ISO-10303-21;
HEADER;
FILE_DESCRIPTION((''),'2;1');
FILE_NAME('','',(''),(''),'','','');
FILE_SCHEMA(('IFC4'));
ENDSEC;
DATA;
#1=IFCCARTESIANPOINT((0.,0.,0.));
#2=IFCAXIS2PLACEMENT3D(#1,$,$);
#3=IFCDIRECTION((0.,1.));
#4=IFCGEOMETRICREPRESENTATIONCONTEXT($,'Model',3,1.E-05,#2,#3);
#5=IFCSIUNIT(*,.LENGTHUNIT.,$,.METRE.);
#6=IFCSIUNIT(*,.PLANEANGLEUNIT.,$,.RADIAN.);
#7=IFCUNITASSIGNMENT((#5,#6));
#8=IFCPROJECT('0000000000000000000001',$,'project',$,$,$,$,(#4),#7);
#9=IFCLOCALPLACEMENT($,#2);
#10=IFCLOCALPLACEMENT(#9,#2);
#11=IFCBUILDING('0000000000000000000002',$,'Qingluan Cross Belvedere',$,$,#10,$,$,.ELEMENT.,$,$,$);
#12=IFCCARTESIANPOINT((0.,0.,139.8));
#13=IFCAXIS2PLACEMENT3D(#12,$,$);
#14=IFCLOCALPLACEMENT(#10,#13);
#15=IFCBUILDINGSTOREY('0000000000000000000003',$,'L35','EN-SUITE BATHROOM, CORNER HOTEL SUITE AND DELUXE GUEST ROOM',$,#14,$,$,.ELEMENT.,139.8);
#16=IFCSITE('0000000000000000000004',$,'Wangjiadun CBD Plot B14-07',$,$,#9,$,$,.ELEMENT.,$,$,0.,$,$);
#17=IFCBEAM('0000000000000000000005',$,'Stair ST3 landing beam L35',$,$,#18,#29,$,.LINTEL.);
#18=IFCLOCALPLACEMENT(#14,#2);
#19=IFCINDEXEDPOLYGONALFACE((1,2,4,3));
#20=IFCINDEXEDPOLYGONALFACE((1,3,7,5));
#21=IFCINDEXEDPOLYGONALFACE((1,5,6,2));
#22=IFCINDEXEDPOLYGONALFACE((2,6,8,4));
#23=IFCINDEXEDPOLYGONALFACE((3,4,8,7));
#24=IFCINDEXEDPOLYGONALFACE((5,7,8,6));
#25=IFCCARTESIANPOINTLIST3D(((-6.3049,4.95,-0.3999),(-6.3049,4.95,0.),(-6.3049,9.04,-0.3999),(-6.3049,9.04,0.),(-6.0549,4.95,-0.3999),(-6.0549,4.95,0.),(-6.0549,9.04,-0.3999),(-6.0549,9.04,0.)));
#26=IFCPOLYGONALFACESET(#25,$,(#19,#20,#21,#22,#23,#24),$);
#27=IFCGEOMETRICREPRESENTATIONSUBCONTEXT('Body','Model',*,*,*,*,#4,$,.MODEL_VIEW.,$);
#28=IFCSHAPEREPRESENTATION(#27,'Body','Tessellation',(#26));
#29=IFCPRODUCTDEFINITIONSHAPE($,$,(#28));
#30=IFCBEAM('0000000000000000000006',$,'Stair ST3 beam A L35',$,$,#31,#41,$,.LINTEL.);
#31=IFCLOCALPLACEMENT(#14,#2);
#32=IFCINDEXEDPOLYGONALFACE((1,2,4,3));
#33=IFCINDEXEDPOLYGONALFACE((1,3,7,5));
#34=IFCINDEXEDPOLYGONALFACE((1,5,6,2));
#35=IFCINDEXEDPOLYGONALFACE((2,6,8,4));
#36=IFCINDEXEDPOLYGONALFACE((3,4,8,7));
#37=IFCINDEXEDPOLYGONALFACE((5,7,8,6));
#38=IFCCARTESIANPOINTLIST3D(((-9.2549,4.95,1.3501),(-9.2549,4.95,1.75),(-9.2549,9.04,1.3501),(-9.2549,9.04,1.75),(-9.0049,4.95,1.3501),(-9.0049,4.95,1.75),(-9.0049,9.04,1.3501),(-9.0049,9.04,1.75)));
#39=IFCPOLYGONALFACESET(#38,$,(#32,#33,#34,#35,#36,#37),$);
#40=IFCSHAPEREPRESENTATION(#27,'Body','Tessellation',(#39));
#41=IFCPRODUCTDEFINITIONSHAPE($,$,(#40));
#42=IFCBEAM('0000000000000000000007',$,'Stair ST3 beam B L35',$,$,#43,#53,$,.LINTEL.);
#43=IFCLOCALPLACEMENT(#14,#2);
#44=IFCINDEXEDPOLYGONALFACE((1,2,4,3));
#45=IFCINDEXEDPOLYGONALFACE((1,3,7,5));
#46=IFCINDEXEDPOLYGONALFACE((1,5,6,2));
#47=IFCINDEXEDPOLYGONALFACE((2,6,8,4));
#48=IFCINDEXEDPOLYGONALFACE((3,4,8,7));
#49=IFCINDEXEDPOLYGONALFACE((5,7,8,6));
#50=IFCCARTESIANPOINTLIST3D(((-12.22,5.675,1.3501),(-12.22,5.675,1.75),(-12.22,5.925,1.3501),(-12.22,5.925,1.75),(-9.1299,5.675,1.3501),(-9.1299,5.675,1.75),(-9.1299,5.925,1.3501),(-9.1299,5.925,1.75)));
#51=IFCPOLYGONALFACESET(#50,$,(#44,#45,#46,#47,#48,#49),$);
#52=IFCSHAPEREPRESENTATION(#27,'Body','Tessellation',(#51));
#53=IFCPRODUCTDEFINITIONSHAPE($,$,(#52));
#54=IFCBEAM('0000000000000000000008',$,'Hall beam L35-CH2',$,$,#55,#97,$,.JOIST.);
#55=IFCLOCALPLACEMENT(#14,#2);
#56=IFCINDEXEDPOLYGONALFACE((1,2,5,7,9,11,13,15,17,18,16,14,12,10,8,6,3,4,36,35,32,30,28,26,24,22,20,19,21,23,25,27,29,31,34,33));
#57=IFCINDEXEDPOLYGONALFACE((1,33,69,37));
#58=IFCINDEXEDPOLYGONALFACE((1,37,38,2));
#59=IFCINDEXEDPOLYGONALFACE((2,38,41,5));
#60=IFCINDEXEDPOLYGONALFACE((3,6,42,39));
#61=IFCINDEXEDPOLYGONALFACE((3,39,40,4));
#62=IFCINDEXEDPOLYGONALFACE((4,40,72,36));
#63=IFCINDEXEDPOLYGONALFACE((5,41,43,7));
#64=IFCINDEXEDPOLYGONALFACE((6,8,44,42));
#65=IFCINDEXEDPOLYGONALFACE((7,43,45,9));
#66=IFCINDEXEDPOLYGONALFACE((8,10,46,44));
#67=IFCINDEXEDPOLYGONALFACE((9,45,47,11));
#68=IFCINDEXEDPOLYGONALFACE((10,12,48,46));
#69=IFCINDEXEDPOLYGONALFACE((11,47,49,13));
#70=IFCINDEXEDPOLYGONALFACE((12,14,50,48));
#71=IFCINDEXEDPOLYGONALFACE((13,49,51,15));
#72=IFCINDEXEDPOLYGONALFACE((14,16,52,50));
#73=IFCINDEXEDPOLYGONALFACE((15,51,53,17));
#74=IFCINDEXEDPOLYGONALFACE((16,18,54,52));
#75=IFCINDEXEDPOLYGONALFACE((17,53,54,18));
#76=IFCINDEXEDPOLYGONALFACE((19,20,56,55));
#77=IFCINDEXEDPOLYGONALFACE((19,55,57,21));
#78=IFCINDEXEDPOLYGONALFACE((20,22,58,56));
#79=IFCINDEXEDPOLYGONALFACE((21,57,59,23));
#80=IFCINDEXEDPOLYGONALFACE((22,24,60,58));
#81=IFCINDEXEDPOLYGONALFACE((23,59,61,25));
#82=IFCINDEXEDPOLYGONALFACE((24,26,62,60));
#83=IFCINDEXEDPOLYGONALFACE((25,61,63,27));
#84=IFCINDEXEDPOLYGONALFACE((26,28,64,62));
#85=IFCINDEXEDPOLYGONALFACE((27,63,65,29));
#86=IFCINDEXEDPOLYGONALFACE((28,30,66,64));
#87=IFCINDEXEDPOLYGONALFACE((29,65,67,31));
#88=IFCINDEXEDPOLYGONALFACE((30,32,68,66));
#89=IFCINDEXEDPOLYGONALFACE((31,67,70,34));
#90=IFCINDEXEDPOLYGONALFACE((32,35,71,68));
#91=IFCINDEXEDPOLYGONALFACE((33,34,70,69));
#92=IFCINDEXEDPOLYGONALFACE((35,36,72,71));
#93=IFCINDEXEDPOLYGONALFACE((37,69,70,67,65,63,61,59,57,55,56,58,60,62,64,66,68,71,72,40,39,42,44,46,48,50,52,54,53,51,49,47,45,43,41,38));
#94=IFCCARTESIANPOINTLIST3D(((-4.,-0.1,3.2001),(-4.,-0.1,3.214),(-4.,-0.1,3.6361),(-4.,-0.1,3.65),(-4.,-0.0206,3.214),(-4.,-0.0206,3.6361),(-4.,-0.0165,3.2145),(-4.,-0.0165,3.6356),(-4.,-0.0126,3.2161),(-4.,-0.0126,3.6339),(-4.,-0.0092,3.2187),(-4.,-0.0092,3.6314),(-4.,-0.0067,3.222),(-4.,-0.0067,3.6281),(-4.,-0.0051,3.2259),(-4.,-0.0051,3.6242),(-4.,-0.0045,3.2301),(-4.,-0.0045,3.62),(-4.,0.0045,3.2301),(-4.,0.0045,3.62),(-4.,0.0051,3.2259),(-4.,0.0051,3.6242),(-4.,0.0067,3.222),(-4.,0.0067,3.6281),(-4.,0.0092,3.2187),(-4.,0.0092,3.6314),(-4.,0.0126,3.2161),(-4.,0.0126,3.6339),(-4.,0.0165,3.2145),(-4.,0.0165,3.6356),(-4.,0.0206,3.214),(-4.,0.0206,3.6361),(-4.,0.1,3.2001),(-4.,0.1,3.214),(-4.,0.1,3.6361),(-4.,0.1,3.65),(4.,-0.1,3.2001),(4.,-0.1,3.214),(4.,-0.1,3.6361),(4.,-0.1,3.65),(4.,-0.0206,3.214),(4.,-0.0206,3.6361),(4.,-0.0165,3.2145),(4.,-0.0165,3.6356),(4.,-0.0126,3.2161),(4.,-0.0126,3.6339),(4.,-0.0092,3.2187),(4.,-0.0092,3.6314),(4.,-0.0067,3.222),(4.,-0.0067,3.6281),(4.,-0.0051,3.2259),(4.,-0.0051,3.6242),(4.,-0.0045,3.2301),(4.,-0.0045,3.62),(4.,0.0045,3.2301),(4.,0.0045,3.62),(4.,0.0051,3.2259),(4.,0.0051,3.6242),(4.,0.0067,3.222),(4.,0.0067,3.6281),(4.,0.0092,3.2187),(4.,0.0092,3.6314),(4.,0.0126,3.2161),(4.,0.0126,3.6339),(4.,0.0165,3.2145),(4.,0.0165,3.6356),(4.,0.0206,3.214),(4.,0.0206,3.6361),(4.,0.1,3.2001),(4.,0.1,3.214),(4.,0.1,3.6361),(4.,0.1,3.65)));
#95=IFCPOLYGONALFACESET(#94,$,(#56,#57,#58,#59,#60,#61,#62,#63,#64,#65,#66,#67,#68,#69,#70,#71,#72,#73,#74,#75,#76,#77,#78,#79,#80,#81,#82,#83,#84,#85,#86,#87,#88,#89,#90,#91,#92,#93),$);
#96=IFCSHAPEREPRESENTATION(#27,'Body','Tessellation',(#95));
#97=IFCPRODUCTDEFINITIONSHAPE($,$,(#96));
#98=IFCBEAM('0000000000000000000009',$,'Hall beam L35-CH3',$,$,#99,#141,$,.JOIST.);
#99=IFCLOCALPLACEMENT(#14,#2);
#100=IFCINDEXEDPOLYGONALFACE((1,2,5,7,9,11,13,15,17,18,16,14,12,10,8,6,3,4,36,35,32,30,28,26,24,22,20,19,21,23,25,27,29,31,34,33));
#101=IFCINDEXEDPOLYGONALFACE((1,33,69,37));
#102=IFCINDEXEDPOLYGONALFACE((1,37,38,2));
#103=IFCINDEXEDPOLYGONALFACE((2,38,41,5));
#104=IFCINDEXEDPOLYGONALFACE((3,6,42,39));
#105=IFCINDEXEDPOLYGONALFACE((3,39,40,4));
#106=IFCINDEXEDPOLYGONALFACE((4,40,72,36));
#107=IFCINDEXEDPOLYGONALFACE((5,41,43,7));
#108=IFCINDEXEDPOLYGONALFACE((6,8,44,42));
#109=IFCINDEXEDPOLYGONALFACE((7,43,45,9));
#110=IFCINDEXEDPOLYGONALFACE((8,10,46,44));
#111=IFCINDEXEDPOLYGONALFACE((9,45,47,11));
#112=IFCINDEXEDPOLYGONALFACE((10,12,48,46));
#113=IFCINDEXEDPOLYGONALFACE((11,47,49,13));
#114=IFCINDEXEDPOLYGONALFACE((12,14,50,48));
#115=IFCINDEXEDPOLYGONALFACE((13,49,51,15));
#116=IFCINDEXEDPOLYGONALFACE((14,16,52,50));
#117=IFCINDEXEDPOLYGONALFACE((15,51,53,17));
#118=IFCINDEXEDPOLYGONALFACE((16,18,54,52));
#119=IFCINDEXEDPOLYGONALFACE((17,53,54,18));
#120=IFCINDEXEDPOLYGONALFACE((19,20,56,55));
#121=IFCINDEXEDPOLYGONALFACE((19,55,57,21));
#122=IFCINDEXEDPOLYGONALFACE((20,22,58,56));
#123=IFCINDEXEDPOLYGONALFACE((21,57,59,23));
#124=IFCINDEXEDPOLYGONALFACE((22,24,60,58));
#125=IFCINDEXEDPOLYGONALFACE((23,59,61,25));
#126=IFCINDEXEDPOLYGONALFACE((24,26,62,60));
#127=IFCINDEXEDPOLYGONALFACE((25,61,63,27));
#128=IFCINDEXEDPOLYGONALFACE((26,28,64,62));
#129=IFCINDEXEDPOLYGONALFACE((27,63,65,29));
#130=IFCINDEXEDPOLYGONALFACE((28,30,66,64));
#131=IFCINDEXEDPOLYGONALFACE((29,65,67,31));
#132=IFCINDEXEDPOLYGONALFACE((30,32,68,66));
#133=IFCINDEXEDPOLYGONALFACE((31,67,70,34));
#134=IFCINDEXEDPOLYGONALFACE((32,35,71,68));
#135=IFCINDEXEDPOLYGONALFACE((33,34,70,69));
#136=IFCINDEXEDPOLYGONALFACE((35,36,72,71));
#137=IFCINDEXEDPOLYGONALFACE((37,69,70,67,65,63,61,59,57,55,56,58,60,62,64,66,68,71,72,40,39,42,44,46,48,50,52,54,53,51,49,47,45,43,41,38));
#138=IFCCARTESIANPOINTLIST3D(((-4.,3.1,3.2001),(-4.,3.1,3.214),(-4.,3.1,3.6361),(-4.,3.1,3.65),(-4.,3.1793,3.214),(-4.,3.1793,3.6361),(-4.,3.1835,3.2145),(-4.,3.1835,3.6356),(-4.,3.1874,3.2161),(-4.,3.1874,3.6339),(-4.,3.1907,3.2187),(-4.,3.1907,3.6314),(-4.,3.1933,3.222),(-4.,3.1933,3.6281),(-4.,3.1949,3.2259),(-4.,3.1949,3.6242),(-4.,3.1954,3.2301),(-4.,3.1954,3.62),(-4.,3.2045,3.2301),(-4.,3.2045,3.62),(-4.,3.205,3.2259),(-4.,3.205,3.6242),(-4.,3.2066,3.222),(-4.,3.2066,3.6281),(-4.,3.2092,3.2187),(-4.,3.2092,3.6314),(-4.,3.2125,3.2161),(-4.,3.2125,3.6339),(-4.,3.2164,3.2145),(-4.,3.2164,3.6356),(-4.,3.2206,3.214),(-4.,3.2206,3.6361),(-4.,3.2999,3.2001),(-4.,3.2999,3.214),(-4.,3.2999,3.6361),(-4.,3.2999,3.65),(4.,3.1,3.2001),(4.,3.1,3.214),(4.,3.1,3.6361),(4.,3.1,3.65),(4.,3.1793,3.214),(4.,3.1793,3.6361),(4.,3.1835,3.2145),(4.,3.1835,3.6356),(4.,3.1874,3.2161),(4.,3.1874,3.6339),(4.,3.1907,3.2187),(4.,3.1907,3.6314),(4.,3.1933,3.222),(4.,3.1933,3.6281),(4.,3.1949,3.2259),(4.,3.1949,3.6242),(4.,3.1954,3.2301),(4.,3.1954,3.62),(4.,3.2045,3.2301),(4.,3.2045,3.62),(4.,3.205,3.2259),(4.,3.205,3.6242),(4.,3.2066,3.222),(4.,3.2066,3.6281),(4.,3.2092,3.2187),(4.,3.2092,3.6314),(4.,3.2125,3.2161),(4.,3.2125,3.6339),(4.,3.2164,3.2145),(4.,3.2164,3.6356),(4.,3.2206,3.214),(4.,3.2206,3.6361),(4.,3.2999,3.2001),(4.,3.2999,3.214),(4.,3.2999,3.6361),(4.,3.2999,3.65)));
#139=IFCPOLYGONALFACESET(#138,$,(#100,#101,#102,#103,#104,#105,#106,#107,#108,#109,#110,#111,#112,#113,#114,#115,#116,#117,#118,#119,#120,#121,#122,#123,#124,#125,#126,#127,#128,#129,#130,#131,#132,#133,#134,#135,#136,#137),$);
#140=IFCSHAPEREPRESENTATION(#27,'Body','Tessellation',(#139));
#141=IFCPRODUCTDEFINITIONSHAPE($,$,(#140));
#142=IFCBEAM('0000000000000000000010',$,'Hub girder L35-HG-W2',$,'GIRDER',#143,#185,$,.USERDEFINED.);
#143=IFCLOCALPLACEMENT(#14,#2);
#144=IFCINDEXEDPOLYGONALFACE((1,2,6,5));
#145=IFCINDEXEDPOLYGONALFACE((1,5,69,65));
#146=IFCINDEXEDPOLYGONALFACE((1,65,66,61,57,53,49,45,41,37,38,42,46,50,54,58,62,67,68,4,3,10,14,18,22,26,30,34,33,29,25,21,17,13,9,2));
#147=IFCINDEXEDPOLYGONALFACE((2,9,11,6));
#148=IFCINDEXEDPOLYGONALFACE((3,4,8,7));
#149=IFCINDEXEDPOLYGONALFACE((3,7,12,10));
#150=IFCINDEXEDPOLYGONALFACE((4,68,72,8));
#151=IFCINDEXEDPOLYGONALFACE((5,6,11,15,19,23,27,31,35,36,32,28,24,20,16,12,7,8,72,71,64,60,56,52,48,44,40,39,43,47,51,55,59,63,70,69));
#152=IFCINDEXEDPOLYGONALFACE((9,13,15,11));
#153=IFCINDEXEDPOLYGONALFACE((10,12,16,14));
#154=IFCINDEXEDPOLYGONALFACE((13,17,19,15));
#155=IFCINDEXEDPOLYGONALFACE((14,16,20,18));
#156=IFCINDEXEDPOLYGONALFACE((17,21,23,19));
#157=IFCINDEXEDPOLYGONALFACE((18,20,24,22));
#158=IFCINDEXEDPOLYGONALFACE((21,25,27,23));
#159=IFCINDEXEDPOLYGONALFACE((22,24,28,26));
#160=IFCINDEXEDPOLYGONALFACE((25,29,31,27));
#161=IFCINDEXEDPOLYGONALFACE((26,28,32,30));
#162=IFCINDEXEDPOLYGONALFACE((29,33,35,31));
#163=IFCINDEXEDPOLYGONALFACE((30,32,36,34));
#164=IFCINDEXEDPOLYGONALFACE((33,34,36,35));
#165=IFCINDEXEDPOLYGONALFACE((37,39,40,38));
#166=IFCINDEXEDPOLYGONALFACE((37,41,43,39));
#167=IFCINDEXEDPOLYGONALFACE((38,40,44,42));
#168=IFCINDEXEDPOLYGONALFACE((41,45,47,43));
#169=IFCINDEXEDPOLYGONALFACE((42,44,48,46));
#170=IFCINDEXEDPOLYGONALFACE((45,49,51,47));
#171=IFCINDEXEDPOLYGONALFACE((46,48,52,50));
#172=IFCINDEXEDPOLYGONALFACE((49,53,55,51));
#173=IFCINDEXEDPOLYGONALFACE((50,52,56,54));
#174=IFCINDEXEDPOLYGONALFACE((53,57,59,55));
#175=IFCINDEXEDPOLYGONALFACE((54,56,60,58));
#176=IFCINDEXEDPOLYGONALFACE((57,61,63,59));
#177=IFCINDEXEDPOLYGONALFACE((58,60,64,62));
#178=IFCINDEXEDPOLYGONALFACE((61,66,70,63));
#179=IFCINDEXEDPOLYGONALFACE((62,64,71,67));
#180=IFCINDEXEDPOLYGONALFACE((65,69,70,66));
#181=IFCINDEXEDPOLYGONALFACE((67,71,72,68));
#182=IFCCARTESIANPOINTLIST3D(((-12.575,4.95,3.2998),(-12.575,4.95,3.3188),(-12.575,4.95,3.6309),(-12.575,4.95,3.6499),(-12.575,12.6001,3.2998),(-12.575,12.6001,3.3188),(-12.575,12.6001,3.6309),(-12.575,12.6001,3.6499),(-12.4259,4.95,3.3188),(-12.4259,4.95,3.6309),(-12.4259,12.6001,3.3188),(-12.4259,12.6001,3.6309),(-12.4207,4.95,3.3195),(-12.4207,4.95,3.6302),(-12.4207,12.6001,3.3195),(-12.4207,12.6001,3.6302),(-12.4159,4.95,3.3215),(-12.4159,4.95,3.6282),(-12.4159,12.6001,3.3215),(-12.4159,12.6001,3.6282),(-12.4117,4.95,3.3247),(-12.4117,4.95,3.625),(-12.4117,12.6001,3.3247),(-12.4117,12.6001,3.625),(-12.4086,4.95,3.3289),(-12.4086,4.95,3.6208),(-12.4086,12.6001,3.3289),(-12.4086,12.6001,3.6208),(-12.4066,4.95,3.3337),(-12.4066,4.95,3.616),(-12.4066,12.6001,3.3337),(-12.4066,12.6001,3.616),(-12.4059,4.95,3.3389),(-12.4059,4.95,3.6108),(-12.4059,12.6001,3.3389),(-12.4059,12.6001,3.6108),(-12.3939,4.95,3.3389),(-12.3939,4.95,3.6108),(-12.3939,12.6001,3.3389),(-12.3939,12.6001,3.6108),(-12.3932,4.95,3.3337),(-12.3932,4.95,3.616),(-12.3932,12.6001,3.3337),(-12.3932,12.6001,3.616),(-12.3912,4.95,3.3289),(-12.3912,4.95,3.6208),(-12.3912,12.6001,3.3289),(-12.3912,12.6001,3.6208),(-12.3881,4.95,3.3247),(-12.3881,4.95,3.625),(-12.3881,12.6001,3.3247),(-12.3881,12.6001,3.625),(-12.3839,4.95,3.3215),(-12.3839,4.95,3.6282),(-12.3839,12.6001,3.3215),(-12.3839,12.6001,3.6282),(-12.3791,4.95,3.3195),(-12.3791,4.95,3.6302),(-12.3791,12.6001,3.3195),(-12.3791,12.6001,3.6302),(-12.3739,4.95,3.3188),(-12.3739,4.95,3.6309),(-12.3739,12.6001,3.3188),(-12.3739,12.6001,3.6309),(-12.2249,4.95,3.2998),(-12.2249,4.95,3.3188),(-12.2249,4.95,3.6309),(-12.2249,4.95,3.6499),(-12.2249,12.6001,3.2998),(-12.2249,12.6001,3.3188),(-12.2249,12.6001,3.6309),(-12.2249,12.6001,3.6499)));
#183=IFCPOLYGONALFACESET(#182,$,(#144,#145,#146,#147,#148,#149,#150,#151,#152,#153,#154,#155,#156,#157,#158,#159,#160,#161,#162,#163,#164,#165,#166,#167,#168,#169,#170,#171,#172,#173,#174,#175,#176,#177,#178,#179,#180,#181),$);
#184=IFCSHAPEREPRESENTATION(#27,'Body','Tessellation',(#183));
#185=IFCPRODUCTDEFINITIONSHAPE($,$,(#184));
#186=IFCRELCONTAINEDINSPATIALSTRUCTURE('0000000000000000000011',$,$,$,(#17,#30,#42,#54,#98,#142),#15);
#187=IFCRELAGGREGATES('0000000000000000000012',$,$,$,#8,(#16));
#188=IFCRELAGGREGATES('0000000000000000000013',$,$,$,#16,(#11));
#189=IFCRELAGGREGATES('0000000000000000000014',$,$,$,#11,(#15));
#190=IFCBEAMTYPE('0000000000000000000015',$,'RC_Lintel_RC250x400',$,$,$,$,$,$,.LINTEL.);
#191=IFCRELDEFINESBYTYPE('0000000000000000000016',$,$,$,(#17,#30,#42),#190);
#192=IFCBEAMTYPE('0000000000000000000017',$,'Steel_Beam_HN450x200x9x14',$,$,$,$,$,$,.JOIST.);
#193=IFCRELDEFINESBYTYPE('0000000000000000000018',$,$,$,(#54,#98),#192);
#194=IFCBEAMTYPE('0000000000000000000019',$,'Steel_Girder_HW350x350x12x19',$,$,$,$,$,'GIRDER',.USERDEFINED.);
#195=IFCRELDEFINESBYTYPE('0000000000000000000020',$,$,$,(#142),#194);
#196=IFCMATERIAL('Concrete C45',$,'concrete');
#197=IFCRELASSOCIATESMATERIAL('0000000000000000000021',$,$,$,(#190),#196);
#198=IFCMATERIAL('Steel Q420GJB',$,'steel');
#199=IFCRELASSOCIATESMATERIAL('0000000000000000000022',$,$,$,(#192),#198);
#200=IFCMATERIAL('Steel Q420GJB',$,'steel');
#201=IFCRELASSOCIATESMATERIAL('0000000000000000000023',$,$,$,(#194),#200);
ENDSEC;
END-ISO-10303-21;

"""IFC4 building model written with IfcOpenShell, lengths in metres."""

from ifc_helpers import new_model, si_unit, direction, frame, origin, origin_2d, place, context, subcontext, project, spatial, rectangle, i_section, extrude, material, material_profile, profile_set, type_object, element, save


model = new_model("IFC4")

# Units and contexts
model_context = context("Model", 3, precision=1e-05, world=origin(), true_north=direction((0.0, 1.0)))
body_context = subcontext(model_context, "Body", "Model", "MODEL_VIEW")
ifc_project = project(units=[si_unit("LENGTHUNIT", "METRE"), si_unit("PLANEANGLEUNIT", "RADIAN")], contexts=[model_context])

# Site, building, storey
site_placement = place(None, origin())
site = spatial("IfcSite", under=ifc_project, at=site_placement, Name="Wangjiadun CBD Plot B14-07", CompositionType="ELEMENT", RefElevation=0.0)
building_placement = place(site_placement, origin())
building = spatial("IfcBuilding", under=site, at=building_placement, Name="Qingluan Cross Belvedere", CompositionType="ELEMENT")
storey_placement = place(building_placement, frame((0.0, 0.0, 139.8)))
storey = spatial("IfcBuildingStorey", under=building, at=storey_placement, Name="L35", Description="EN-SUITE BATHROOM, CORNER HOTEL SUITE AND DELUXE GUEST ROOM", CompositionType="ELEMENT", Elevation=139.8)

# Beams
ifc_material_1 = material(Name="Concrete C45", Category="concrete")
ifc_material_profile_1 = material_profile(ifc_material_1, rectangle(XDim=0.25, YDim=0.3999, at=origin_2d()), Name="RC250x400")
ifc_profile_set_1 = profile_set([ifc_material_profile_1], Name="Concrete C45")
beam_type_1 = type_object("IfcBeamType", Name="RC_Lintel_RC250x400", PredefinedType="LINTEL", material=ifc_profile_set_1)
for number, where, z_axis, x_axis, name in (
    (1, (-6.1799, 4.95, -0.2), (0.0, 1.0, 0.0), (-1.0, 0.0, 0.0), "Stair ST3 landing beam L35"),
    (2, (-9.1299, 4.95, 1.55), (0.0, 1.0, 0.0), (-1.0, 0.0, 0.0), "Stair ST3 beam A L35"),
):
    element("IfcBeam", number, at=place(storey_placement, frame(where, z_axis=z_axis, x_axis=x_axis)), inside=storey, type_object=beam_type_1, Name=name, PredefinedType="LINTEL", context=body_context, shape_type="SweptSolid", body=[
        extrude(rectangle(XDim=0.25, YDim=0.3999, at=origin_2d()), origin(), (0.0, 0.0, 1.0), 4.0901),
    ])
beam_1_placement = place(storey_placement, frame((-12.22, 5.8, 1.55), z_axis=(1.0, 0.0, 0.0), x_axis=(0.0, 1.0, 0.0)))
element("IfcBeam", 3, at=beam_1_placement, inside=storey, type_object=beam_type_1, Name="Stair ST3 beam B L35", PredefinedType="LINTEL", context=body_context, shape_type="SweptSolid", body=[
    extrude(rectangle(XDim=0.25, YDim=0.3999, at=origin_2d()), origin(), (0.0, 0.0, 1.0), 3.0901),
])
ifc_material_2 = material(Name="Steel Q420GJB", Category="steel")
ifc_material_profile_2 = material_profile(ifc_material_2, i_section(OverallWidth=0.2, OverallDepth=0.45, WebThickness=0.009, FlangeThickness=0.0139, FilletRadius=0.0161, at=origin_2d()), Name="HN450x200x9x14")
ifc_profile_set_2 = profile_set([ifc_material_profile_2], Name="Steel Q420GJB")
beam_type_2 = type_object("IfcBeamType", Name="Steel_Beam_HN450x200x9x14", PredefinedType="JOIST", material=ifc_profile_set_2)
for number, where, z_axis, x_axis, name in (
    (4, (-4.0, 0.0, 3.425), (1.0, 0.0, 0.0), (0.0, 1.0, 0.0), "Hall beam L35-CH2"),
    (5, (-4.0, 3.2, 3.425), (1.0, 0.0, 0.0), (0.0, 1.0, 0.0), "Hall beam L35-CH3"),
):
    element("IfcBeam", number, at=place(storey_placement, frame(where, z_axis=z_axis, x_axis=x_axis)), inside=storey, type_object=beam_type_2, Name=name, PredefinedType="JOIST", context=body_context, shape_type="SweptSolid", body=[
        extrude(i_section(OverallWidth=0.2, OverallDepth=0.45, WebThickness=0.009, FlangeThickness=0.0139, FilletRadius=0.0161, at=origin_2d()), origin(), (0.0, 0.0, 1.0), 8.0),
    ])
ifc_material_3 = material(Name="Steel Q420GJB", Category="steel")
ifc_material_profile_3 = material_profile(ifc_material_3, i_section(OverallWidth=0.3501, OverallDepth=0.3501, WebThickness=0.012, FlangeThickness=0.019, FilletRadius=0.02, at=origin_2d()), Name="HW350x350x12x19")
ifc_profile_set_3 = profile_set([ifc_material_profile_3], Name="Steel Q420GJB")
beam_type_3 = type_object("IfcBeamType", Name="Steel_Girder_HW350x350x12x19", ElementType="GIRDER", PredefinedType="USERDEFINED", material=ifc_profile_set_3)
beam_2_placement = place(storey_placement, frame((-12.3999, 4.95, 3.4749), z_axis=(0.0, 1.0, 0.0), x_axis=(-1.0, 0.0, 0.0)))
element("IfcBeam", 6, at=beam_2_placement, inside=storey, type_object=beam_type_3, Name="Hub girder L35-HG-W2", ObjectType="GIRDER", PredefinedType="USERDEFINED", context=body_context, shape_type="SweptSolid", body=[
    extrude(i_section(OverallWidth=0.3501, OverallDepth=0.3501, WebThickness=0.012, FlangeThickness=0.019, FilletRadius=0.02, at=origin_2d()), origin(), (0.0, 0.0, 1.0), 7.6501),
])

save(model, "model.ifc")
